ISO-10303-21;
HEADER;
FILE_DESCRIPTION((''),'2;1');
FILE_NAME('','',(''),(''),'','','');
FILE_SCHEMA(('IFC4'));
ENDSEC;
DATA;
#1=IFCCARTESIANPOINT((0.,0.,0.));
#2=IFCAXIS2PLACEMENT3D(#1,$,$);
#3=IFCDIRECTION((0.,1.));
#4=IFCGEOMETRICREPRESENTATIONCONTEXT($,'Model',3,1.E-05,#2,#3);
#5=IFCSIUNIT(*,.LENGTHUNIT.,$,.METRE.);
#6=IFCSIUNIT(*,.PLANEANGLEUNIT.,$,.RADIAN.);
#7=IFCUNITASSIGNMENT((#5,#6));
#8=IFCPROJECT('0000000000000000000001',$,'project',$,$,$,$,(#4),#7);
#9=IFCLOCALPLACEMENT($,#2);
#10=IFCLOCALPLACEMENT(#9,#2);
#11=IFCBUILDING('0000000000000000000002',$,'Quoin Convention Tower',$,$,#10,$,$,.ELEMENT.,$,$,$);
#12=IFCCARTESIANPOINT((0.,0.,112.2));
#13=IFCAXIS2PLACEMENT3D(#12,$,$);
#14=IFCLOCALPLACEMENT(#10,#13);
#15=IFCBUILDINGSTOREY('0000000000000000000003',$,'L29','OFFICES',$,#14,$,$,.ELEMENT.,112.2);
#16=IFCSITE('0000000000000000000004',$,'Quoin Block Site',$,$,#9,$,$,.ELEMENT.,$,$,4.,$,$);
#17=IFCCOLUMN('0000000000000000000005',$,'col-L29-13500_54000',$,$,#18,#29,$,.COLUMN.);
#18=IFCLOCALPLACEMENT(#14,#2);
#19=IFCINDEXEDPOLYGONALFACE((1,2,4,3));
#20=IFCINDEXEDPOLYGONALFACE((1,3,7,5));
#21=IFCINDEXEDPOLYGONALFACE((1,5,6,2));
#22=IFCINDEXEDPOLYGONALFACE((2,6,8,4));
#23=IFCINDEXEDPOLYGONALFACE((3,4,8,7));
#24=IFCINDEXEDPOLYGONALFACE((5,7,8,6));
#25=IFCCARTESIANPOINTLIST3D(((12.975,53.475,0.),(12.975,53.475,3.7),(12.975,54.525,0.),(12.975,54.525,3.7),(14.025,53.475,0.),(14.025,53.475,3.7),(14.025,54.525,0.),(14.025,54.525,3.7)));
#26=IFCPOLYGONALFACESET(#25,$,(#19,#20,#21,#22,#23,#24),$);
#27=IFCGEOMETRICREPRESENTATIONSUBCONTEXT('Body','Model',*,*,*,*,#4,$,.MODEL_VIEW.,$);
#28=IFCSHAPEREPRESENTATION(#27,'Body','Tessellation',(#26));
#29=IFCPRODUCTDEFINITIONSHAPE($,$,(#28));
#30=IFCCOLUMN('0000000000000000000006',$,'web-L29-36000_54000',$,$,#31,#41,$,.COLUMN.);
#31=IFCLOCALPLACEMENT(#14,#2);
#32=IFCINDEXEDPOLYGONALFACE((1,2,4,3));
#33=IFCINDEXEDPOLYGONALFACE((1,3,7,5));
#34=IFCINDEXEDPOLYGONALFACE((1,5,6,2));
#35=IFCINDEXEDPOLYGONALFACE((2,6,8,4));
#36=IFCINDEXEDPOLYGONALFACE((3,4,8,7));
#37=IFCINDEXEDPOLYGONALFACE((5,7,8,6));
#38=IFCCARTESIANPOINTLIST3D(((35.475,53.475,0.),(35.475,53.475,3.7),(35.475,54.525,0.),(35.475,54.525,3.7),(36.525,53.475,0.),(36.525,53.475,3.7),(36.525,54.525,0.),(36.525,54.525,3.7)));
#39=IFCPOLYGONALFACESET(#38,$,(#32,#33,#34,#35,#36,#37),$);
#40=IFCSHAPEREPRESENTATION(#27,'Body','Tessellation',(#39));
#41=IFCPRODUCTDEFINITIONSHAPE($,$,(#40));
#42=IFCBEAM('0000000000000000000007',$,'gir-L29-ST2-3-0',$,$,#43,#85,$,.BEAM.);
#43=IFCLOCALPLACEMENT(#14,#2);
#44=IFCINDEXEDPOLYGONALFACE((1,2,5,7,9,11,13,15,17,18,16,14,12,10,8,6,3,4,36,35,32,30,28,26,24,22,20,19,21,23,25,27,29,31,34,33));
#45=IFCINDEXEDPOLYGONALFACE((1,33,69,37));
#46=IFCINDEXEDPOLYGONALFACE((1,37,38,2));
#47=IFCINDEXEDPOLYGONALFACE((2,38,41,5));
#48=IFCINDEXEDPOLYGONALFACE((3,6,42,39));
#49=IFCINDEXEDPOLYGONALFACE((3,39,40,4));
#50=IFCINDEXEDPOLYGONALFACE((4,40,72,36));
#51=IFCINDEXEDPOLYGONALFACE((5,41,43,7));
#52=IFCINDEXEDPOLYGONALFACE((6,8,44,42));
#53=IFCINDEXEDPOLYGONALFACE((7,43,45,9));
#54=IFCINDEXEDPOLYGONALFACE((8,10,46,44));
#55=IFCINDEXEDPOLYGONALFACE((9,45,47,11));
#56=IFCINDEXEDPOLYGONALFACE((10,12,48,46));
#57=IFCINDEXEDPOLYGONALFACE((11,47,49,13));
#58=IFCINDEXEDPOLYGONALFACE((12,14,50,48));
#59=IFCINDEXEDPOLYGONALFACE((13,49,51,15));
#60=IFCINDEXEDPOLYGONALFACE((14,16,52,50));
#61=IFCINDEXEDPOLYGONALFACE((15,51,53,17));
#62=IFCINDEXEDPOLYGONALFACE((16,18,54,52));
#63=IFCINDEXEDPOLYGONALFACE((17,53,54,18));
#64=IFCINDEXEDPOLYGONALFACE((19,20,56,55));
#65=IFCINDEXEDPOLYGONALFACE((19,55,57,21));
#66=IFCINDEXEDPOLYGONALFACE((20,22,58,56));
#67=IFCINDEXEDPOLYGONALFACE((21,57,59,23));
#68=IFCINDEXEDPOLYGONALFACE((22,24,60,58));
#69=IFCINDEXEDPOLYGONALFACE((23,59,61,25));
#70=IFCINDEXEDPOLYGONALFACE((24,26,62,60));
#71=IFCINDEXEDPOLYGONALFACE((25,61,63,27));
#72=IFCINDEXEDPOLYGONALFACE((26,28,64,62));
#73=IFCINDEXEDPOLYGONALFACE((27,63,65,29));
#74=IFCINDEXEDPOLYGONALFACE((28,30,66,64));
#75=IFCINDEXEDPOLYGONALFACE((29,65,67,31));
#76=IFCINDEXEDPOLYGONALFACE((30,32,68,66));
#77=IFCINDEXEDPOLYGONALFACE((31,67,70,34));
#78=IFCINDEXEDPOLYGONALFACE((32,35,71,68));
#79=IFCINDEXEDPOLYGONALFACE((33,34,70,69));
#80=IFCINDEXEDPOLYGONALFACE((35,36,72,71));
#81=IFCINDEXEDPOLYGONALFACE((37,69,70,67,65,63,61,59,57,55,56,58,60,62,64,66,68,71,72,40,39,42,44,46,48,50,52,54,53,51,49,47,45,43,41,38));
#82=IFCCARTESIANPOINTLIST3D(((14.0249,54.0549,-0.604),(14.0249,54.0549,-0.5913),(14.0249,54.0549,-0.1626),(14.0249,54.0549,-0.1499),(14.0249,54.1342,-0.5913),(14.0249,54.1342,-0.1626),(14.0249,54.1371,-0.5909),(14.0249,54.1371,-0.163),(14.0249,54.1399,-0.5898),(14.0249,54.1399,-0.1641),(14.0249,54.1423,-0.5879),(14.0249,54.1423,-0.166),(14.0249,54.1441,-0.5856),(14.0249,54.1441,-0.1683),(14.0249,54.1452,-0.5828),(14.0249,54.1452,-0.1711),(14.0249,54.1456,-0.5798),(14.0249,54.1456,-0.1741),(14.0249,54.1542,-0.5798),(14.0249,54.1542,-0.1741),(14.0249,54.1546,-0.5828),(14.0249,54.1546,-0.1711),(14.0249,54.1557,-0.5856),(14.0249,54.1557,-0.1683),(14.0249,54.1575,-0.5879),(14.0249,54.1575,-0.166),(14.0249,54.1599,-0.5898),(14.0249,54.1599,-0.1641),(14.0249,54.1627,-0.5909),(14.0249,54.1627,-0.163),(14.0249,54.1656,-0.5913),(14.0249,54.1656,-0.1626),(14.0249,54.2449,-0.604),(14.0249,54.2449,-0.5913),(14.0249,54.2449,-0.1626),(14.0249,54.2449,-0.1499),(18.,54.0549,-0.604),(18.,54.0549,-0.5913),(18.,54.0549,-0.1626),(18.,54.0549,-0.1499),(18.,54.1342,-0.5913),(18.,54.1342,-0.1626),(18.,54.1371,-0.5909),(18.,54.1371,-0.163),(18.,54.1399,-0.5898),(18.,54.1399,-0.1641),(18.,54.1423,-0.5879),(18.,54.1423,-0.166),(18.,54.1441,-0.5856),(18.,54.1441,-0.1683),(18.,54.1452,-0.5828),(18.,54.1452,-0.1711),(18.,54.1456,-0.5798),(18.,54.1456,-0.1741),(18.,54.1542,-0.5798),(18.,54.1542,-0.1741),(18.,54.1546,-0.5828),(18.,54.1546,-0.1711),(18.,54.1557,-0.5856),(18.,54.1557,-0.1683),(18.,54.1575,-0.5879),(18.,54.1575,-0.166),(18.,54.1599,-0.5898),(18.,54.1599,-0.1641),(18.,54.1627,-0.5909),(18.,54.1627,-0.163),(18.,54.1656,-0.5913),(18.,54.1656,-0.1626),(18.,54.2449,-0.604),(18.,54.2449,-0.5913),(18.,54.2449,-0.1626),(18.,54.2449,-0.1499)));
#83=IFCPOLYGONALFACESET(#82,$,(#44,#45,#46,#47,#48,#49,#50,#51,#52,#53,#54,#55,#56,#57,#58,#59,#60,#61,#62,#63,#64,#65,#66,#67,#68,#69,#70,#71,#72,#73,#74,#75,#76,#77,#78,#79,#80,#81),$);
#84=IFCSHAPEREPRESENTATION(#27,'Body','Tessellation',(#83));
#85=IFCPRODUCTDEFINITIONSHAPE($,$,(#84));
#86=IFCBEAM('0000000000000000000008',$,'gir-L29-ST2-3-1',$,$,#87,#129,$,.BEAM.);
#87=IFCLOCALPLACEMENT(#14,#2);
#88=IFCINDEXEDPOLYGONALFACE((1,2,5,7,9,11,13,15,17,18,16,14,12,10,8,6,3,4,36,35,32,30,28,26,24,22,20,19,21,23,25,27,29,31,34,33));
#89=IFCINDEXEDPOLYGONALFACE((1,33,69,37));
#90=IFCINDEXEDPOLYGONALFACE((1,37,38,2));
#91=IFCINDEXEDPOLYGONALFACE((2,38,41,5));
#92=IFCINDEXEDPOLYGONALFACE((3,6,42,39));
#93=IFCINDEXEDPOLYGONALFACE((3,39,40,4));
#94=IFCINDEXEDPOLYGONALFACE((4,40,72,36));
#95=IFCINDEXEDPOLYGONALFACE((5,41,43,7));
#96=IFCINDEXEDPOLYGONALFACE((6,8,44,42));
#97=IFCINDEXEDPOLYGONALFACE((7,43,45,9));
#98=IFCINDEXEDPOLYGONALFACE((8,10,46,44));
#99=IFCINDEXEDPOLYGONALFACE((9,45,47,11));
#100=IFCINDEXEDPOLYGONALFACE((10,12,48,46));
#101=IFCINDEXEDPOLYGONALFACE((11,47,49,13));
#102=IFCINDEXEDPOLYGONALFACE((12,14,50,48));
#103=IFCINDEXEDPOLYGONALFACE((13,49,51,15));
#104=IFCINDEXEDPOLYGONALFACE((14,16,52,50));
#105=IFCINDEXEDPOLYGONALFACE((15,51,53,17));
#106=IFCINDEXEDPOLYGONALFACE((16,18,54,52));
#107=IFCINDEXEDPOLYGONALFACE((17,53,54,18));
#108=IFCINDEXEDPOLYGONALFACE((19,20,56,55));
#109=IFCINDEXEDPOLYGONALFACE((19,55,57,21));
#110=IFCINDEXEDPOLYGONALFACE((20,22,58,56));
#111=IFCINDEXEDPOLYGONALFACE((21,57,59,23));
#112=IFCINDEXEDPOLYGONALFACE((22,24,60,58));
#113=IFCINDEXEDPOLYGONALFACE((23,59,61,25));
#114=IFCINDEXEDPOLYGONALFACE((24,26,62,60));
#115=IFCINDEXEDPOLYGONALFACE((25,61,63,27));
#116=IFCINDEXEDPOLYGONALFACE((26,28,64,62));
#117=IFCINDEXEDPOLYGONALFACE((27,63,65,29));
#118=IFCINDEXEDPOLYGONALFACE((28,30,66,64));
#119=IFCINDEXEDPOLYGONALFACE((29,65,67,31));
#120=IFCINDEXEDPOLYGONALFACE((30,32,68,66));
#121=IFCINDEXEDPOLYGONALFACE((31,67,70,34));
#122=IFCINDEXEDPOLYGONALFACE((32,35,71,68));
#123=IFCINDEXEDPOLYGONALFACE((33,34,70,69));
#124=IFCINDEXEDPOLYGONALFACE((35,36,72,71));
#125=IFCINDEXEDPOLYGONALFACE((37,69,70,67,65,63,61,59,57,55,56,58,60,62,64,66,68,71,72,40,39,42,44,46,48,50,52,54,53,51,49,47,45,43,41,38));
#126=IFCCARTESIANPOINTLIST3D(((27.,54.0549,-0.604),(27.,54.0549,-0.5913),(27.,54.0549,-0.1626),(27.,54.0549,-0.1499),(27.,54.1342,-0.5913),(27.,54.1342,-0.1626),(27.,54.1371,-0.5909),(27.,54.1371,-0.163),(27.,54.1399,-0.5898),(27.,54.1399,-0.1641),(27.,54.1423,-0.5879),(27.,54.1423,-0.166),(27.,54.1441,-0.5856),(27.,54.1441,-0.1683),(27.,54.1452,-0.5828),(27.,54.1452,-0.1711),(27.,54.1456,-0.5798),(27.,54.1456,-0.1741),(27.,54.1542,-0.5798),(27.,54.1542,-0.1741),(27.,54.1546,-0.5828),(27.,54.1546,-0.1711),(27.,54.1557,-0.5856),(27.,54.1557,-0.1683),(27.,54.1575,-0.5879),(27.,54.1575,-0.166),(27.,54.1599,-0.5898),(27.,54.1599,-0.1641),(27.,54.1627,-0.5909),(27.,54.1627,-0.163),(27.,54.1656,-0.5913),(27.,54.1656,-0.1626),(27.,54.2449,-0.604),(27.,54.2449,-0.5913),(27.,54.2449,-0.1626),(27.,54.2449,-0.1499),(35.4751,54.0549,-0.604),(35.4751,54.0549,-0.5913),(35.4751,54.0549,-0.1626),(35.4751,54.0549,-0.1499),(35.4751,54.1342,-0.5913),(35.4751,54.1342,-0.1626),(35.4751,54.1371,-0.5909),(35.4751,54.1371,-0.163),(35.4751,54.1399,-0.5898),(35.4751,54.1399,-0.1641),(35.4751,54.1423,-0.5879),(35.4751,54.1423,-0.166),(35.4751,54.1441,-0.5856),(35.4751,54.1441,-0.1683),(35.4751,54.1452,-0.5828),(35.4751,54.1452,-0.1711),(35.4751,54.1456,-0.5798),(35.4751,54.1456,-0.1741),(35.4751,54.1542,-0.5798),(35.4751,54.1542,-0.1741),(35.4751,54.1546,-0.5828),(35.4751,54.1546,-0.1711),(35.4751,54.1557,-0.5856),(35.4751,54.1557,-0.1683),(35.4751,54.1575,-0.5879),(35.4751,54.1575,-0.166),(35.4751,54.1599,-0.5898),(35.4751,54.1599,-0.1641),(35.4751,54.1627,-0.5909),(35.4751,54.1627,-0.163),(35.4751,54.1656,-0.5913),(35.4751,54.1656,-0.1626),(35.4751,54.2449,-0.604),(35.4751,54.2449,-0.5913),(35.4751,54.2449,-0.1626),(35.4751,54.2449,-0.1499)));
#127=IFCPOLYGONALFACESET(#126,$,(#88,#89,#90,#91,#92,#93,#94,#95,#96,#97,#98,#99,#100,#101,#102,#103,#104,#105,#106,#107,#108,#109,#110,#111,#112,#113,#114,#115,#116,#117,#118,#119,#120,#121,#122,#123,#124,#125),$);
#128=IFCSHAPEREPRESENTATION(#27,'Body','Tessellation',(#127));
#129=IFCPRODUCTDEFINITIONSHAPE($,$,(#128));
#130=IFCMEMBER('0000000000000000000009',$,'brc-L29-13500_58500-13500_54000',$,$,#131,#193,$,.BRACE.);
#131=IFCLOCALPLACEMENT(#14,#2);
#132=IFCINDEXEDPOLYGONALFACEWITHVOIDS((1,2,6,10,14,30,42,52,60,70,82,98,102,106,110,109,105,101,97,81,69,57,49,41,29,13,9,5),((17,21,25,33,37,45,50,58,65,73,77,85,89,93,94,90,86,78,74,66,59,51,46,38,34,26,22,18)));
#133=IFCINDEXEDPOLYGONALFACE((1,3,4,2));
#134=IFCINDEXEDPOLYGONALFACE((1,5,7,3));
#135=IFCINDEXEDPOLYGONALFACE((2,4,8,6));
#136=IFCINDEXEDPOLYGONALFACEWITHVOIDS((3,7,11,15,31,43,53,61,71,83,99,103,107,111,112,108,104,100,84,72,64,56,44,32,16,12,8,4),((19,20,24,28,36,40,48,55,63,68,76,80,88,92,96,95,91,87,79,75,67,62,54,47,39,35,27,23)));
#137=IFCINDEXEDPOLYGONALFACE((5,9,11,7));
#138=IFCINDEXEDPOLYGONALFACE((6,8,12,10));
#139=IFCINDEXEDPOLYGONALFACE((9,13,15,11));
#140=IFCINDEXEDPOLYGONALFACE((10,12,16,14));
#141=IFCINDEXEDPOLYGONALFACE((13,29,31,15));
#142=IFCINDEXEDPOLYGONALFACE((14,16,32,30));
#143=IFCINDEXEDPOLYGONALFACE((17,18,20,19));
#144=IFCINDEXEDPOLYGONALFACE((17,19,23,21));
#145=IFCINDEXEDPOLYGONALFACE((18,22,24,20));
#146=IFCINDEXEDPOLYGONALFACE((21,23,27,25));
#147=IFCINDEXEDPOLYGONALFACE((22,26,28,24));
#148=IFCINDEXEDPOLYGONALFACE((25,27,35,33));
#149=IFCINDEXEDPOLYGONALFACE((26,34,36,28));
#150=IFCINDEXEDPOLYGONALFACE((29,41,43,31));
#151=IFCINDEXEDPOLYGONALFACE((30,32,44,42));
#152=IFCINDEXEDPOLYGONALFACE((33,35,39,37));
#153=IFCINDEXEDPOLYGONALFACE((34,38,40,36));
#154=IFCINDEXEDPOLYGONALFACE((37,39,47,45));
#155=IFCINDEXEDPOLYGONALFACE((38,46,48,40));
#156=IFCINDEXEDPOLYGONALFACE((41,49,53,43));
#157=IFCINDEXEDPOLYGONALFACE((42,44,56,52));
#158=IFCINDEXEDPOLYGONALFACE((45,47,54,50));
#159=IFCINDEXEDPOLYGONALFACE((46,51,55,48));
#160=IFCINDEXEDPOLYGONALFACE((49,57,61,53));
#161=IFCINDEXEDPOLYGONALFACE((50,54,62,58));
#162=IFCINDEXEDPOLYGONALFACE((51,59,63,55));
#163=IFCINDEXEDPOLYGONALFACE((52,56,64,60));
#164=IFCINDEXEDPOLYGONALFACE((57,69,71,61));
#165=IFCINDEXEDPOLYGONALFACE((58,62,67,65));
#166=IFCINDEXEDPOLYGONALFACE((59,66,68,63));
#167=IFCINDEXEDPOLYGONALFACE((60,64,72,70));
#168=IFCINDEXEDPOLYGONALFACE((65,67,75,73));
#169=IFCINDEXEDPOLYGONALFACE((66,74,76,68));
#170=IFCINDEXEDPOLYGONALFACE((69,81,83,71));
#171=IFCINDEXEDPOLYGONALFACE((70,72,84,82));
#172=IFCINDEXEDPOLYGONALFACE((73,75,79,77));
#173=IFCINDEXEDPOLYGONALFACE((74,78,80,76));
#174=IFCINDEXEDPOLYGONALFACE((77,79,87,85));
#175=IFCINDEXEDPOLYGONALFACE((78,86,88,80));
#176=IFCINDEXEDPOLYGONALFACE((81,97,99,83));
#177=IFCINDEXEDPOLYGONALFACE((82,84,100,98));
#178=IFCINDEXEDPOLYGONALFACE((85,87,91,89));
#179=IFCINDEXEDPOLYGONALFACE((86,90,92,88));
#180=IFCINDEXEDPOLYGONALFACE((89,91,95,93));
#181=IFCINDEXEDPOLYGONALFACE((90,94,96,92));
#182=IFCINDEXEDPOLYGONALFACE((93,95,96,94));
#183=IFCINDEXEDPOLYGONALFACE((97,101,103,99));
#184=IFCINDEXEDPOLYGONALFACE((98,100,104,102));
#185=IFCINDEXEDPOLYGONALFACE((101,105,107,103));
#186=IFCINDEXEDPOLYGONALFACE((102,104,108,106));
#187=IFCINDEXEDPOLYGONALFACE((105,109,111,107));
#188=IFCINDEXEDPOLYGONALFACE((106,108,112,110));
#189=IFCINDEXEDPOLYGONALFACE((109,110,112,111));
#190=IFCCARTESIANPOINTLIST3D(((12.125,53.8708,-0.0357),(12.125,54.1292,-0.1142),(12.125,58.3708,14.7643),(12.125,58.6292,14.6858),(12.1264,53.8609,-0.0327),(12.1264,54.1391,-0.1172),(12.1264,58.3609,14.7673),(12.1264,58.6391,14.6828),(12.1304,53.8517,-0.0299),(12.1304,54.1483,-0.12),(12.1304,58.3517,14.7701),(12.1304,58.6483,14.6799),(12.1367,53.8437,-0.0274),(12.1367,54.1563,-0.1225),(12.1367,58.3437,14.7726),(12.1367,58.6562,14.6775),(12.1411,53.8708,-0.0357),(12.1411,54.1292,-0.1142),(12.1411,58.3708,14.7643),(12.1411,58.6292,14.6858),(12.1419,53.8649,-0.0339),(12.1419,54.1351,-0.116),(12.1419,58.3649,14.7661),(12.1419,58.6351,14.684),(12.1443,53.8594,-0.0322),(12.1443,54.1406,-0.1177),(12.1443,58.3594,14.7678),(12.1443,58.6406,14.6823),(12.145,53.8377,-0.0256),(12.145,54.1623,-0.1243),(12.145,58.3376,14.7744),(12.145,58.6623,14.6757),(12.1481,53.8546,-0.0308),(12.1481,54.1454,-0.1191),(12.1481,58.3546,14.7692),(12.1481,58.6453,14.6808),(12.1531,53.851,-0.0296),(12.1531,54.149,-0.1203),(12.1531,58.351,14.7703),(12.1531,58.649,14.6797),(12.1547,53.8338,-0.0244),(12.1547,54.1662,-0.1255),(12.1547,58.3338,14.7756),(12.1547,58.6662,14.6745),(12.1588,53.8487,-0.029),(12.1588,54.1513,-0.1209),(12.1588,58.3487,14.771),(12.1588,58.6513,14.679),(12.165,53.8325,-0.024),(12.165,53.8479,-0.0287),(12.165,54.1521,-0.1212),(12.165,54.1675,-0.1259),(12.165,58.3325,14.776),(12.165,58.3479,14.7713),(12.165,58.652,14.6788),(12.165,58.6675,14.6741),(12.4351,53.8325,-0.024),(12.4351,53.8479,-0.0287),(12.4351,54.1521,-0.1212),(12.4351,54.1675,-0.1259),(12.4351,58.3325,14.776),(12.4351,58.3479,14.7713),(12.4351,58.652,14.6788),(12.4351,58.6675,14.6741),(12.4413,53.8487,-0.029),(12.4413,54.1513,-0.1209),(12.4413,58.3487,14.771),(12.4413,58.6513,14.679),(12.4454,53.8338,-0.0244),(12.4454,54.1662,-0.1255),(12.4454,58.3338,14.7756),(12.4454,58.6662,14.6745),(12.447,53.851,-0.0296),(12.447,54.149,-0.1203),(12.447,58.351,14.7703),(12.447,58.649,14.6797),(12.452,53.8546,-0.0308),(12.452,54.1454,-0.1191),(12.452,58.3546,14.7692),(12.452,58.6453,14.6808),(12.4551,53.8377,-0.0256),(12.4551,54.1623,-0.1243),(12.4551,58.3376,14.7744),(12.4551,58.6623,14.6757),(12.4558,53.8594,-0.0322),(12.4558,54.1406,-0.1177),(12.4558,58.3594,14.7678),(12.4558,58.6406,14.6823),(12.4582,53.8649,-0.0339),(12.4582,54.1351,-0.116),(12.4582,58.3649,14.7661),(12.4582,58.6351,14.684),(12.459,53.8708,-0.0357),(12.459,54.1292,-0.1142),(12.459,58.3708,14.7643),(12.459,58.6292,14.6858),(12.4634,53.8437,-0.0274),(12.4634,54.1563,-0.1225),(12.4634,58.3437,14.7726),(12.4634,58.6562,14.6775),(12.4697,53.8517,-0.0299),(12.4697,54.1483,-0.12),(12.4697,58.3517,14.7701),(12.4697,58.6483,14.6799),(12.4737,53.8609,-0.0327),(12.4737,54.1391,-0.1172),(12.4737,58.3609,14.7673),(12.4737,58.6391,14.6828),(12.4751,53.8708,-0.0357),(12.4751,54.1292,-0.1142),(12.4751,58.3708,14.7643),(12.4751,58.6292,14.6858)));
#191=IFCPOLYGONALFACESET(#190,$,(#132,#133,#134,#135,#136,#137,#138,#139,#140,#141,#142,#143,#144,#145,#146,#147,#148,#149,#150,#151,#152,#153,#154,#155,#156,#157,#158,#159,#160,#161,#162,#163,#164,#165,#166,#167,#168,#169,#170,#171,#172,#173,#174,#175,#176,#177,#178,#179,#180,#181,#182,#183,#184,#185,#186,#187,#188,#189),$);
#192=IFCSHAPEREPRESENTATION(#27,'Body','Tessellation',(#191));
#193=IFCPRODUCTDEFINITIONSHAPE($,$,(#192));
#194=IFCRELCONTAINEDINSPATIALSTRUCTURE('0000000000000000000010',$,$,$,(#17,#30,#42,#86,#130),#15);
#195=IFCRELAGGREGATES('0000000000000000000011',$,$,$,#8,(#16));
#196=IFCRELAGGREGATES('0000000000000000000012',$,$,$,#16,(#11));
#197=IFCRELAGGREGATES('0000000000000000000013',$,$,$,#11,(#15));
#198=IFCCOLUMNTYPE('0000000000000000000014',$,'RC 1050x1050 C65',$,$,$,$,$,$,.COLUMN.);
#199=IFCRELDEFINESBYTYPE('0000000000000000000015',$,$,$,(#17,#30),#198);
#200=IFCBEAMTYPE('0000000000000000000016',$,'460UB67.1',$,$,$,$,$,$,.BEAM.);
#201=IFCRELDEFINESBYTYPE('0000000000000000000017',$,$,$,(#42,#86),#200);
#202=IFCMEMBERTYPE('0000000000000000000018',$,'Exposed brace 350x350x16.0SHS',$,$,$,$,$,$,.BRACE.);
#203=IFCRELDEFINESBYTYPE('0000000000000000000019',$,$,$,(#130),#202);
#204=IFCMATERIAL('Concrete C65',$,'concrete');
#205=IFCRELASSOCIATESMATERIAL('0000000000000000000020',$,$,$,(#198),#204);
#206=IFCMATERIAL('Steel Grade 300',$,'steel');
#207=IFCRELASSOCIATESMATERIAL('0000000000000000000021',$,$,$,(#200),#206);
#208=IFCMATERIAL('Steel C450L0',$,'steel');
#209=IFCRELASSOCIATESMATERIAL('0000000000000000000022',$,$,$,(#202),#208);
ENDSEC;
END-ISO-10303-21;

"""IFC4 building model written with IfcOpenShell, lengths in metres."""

from ifc_helpers import new_model, si_unit, direction, frame, origin, origin_2d, place, context, subcontext, project, spatial, rectangle, hollow_rectangle, i_section, extrude, material, material_profile, profile_set, type_object, element, save


model = new_model("IFC4")

# Units and contexts
model_context = context("Model", 3, precision=1e-05, world=origin(), true_north=direction((0.0, 1.0)))
body_context = subcontext(model_context, "Body", "Model", "MODEL_VIEW")
ifc_project = project(units=[si_unit("LENGTHUNIT", "METRE"), si_unit("PLANEANGLEUNIT", "RADIAN")], contexts=[model_context])

# Site, building, storey
site_placement = place(None, origin())
site = spatial("IfcSite", under=ifc_project, at=site_placement, Name="Quoin Block Site", CompositionType="ELEMENT", RefElevation=4.0)
building_placement = place(site_placement, origin())
building = spatial("IfcBuilding", under=site, at=building_placement, Name="Quoin Convention Tower", CompositionType="ELEMENT")
storey_placement = place(building_placement, frame((0.0, 0.0, 112.2)))
storey = spatial("IfcBuildingStorey", under=building, at=storey_placement, Name="L29", Description="OFFICES", CompositionType="ELEMENT", Elevation=112.2)

# Columns
ifc_material_1 = material(Name="Concrete C65", Category="concrete")
ifc_material_profile_1 = material_profile(ifc_material_1, rectangle(XDim=1.05, YDim=1.05, at=origin_2d()), Name="RC 1050x1050")
ifc_profile_set_1 = profile_set([ifc_material_profile_1], Name="Concrete C65")
column_type = type_object("IfcColumnType", Name="RC 1050x1050 C65", PredefinedType="COLUMN", material=ifc_profile_set_1)
for number, where, z_axis, x_axis, name in (
    (1, (13.5, 54.0, 0.0), (0.0, 0.0, 1.0), (1.0, 0.0, 0.0), "col-L29-13500_54000"),
    (2, (36.0, 54.0, 0.0), (0.0, 0.0, 1.0), (1.0, 0.0, 0.0), "web-L29-36000_54000"),
):
    element("IfcColumn", number, at=place(storey_placement, frame(where, z_axis=z_axis, x_axis=x_axis)), inside=storey, type_object=column_type, Name=name, PredefinedType="COLUMN", context=body_context, shape_type="SweptSolid", body=[
        extrude(rectangle(XDim=1.05, YDim=1.05, at=origin_2d()), origin(), (0.0, 0.0, 1.0), 3.7),
    ])

# Beams
ifc_material_2 = material(Name="Steel Grade 300", Category="steel")
ifc_material_profile_2 = material_profile(ifc_material_2, i_section(OverallWidth=0.1899, OverallDepth=0.4541, WebThickness=0.0085, FlangeThickness=0.0127, FilletRadius=0.0115, at=origin_2d()), Name="460UB67.1")
ifc_profile_set_2 = profile_set([ifc_material_profile_2], Name="Steel Grade 300")
beam_type_1 = type_object("IfcBeamType", Name="460UB67.1", PredefinedType="BEAM", material=ifc_profile_set_2)
beam_1_placement = place(storey_placement, frame((14.0249, 54.1499, -0.377), z_axis=(1.0, 0.0, 0.0), x_axis=(0.0, 1.0, 0.0)))
element("IfcBeam", 3, at=beam_1_placement, inside=storey, type_object=beam_type_1, Name="gir-L29-ST2-3-0", PredefinedType="BEAM", context=body_context, shape_type="SweptSolid", body=[
    extrude(i_section(OverallWidth=0.1899, OverallDepth=0.4541, WebThickness=0.0085, FlangeThickness=0.0127, FilletRadius=0.0115, at=origin_2d()), origin(), (0.0, 0.0, 1.0), 3.9751),
])
beam_2_placement = place(storey_placement, frame((27.0, 54.1499, -0.377), z_axis=(1.0, 0.0, 0.0), x_axis=(0.0, 1.0, 0.0)))
element("IfcBeam", 4, at=beam_2_placement, inside=storey, type_object=beam_type_1, Name="gir-L29-ST2-3-1", PredefinedType="BEAM", context=body_context, shape_type="SweptSolid", body=[
    extrude(i_section(OverallWidth=0.1899, OverallDepth=0.4541, WebThickness=0.0085, FlangeThickness=0.0127, FilletRadius=0.0115, at=origin_2d()), origin(), (0.0, 0.0, 1.0), 8.4751),
])

# Member
ifc_material_3 = material(Name="Steel C450L0", Category="steel")
ifc_material_profile_3 = material_profile(ifc_material_3, hollow_rectangle(XDim=0.3501, YDim=0.3501, WallThickness=0.0161, InnerFilletRadius=0.0239, OuterFilletRadius=0.04, at=origin_2d()), Name="350x350x16.0SHS")
ifc_profile_set_3 = profile_set([ifc_material_profile_3], Name="Steel C450L0")
member_type = type_object("IfcMemberType", Name="Exposed brace 350x350x16.0SHS", PredefinedType="BRACE", material=ifc_profile_set_3)
member_placement = place(storey_placement, frame((12.3, 54.0, -0.075), z_axis=(0.0, 0.290903, 0.956752), x_axis=(-1.0, 0.0, 0.0)))
element("IfcMember", 5, at=member_placement, inside=storey, type_object=member_type, Name="brc-L29-13500_58500-13500_54000", PredefinedType="BRACE", context=body_context, shape_type="SweptSolid", body=[
    extrude(hollow_rectangle(XDim=0.3501, YDim=0.3501, WallThickness=0.0161, InnerFilletRadius=0.0239, OuterFilletRadius=0.04, at=origin_2d()), origin(), (0.0, 0.0, 1.0), 15.469),
])

save(model, "model.ifc")
